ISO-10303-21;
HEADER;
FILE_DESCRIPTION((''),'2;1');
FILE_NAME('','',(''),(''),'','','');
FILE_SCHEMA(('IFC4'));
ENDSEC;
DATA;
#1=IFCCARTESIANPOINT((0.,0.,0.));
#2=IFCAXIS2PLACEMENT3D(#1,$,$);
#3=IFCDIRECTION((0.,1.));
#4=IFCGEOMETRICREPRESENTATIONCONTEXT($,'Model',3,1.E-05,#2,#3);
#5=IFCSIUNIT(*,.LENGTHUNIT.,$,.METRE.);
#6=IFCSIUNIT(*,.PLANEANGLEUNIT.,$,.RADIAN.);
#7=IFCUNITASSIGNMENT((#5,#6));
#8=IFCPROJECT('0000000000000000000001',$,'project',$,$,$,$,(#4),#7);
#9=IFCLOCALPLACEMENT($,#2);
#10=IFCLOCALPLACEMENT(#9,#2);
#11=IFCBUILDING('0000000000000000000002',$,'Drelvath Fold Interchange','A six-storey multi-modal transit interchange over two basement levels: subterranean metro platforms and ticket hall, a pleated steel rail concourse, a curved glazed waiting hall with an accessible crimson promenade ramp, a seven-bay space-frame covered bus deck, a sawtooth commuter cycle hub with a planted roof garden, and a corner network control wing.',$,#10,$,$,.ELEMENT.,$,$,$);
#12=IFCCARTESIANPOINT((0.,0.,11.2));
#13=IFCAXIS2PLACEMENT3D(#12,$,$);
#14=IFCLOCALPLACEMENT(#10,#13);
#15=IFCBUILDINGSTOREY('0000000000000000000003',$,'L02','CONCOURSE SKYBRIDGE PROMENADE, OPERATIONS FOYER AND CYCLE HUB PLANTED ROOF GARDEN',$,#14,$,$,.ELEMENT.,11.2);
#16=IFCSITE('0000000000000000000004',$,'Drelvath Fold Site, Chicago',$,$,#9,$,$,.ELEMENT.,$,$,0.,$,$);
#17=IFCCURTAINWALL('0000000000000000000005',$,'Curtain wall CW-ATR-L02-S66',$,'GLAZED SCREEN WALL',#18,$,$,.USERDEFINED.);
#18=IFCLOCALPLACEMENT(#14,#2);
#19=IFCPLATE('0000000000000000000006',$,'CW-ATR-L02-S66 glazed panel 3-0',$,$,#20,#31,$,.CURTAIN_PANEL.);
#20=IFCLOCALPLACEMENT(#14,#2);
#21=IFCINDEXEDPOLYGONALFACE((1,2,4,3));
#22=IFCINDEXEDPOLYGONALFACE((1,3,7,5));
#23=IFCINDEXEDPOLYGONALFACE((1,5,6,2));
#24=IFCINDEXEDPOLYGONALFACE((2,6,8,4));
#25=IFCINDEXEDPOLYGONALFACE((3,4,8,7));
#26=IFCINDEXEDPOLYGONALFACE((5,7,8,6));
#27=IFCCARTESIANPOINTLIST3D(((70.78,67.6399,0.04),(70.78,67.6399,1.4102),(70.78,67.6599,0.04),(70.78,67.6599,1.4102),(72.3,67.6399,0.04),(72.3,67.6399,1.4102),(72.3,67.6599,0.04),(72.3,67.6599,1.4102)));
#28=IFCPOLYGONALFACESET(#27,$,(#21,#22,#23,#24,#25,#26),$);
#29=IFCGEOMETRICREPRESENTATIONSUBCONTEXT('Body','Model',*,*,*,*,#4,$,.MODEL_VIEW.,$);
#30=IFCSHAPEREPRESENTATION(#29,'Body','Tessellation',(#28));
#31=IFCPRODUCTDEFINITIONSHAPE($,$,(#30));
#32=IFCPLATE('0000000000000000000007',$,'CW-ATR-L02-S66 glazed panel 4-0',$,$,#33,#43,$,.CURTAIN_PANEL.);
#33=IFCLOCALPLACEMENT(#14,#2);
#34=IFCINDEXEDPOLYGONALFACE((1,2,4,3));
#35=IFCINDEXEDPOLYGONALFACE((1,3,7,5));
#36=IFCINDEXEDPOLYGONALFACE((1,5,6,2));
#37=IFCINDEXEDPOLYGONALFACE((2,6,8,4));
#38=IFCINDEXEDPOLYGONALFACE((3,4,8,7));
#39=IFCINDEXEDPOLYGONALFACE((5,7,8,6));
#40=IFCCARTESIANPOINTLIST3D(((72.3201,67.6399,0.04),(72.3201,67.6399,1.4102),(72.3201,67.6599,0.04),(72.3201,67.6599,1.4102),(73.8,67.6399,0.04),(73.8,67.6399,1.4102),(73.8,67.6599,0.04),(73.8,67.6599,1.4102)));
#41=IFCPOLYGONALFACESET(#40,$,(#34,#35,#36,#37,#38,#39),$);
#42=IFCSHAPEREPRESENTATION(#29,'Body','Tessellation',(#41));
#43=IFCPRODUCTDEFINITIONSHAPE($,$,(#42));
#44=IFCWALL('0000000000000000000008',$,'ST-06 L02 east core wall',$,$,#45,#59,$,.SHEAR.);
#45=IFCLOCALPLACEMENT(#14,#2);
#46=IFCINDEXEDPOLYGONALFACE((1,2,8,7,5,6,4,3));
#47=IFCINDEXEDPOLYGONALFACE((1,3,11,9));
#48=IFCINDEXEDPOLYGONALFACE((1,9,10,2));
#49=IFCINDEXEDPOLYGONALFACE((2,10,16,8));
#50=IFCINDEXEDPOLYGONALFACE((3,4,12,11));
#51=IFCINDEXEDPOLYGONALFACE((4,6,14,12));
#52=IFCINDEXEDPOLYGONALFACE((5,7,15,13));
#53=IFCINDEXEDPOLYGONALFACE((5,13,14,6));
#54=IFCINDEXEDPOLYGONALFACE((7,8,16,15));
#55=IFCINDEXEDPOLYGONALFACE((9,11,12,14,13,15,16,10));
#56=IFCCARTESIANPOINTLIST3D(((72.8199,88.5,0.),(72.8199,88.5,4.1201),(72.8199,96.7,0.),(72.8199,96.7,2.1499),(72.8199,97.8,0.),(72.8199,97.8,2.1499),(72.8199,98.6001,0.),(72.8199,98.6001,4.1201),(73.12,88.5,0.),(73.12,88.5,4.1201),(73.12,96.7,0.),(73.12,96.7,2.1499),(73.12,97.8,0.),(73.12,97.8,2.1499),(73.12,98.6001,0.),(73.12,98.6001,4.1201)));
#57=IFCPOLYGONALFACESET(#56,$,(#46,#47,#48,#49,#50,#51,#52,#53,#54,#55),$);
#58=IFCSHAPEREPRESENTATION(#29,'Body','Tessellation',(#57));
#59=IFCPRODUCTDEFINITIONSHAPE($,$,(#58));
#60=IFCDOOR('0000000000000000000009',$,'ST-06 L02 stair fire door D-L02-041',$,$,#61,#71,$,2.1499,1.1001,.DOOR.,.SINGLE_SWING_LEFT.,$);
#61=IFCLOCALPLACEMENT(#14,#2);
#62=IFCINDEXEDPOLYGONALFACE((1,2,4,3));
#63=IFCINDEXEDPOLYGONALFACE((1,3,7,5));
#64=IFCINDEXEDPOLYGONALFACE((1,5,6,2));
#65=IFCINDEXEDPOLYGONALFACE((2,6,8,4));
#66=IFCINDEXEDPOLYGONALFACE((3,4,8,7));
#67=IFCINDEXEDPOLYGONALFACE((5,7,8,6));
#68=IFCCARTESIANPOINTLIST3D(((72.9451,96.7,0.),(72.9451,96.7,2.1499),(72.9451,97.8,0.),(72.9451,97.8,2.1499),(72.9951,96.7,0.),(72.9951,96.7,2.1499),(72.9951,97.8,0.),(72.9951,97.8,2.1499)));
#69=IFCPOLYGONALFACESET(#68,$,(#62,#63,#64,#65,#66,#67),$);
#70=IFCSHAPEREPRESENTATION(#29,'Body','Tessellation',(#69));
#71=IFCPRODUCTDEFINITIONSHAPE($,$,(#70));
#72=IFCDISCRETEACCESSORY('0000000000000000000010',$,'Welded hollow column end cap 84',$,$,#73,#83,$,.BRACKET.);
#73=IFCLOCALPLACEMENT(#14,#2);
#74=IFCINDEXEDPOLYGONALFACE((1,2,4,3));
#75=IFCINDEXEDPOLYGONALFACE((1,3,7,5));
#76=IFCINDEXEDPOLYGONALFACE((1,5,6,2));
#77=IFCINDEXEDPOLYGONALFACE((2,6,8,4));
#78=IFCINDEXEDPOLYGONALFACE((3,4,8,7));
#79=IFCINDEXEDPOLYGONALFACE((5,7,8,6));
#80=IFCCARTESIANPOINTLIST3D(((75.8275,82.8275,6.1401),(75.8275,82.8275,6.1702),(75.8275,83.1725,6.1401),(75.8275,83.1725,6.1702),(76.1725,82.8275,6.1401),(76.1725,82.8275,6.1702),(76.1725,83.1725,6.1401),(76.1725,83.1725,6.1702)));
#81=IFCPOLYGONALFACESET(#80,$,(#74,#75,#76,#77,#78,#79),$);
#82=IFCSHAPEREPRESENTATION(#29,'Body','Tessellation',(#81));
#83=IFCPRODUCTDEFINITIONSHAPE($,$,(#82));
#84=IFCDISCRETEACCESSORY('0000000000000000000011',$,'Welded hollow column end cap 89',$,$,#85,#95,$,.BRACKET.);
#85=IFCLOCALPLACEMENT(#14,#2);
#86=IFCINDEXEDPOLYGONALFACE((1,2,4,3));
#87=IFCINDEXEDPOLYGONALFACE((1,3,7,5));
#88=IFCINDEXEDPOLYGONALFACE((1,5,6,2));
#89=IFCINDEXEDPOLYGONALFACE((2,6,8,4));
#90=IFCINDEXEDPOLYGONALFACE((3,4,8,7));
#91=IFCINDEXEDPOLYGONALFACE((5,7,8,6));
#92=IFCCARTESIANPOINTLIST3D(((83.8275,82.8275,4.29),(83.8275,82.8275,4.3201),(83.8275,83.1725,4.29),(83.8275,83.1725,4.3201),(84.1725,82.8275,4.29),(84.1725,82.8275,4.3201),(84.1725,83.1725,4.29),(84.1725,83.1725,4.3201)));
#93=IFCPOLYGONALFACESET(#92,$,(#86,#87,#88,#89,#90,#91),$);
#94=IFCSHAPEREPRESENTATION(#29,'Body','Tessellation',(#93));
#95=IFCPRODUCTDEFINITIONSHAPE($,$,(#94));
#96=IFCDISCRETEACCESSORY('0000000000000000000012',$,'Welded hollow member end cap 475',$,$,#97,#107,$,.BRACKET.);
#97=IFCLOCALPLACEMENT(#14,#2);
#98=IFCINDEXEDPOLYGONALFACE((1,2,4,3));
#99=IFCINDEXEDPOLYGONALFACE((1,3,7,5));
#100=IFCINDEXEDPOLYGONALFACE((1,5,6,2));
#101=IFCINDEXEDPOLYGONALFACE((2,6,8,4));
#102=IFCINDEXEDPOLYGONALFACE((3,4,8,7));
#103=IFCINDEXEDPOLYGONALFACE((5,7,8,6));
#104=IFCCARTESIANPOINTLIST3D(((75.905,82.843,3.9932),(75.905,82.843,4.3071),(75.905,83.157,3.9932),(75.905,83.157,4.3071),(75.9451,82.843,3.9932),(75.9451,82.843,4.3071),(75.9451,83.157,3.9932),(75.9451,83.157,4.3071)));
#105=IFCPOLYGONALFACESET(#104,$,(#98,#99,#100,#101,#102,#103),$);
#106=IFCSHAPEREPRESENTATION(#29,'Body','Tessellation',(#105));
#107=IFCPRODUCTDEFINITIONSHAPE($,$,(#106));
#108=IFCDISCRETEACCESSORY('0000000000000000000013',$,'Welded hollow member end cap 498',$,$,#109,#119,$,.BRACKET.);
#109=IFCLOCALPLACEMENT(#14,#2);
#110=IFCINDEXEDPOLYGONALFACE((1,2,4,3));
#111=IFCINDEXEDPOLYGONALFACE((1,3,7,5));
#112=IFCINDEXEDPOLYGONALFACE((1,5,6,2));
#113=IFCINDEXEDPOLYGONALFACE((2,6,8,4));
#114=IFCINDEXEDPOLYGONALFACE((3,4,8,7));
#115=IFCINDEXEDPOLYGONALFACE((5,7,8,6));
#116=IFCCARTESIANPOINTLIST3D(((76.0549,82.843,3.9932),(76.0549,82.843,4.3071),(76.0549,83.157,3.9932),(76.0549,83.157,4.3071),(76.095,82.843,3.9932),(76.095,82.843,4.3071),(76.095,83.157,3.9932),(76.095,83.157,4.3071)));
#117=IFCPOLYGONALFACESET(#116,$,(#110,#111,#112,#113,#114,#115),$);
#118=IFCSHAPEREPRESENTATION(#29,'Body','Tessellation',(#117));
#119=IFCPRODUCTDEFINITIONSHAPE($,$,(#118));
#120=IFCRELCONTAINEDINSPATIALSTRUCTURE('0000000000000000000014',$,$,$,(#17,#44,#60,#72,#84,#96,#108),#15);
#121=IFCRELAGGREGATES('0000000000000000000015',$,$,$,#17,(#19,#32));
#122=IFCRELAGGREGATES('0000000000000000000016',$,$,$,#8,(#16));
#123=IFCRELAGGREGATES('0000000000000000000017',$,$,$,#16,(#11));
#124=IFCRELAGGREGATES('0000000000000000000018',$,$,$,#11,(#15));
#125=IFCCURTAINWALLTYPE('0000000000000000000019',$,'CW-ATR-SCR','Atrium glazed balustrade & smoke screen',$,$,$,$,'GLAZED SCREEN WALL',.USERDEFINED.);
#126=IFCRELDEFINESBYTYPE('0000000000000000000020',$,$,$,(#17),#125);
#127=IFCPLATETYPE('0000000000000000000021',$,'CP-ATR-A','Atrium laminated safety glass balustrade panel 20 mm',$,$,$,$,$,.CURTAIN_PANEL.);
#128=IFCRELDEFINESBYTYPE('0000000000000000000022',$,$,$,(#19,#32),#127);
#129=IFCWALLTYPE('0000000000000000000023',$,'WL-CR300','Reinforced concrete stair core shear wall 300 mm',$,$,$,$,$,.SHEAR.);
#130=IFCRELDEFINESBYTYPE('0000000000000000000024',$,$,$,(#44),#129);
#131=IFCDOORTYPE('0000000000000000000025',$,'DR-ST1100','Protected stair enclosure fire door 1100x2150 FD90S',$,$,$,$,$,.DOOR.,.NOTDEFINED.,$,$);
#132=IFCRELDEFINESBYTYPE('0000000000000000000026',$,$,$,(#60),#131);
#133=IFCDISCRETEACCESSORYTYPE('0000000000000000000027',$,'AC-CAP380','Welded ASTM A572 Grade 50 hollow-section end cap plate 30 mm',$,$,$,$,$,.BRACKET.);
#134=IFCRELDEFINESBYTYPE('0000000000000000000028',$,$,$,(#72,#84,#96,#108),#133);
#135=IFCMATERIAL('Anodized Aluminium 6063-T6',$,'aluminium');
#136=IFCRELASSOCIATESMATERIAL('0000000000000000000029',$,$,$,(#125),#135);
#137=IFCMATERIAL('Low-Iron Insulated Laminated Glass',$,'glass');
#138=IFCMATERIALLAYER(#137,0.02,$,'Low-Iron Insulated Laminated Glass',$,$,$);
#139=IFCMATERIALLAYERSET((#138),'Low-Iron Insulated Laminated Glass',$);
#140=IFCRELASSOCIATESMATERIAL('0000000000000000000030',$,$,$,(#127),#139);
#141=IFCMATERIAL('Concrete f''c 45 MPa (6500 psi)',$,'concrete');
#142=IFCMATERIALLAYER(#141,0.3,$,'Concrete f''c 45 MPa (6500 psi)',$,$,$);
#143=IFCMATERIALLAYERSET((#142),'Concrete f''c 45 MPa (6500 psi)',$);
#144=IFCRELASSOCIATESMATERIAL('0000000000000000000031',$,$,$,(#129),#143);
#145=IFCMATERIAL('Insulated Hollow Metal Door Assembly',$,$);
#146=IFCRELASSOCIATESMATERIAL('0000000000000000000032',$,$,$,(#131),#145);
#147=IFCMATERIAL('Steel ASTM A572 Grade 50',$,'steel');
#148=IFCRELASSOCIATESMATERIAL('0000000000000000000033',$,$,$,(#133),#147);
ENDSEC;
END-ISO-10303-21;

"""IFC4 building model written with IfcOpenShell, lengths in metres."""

from ifc_helpers import new_model, si_unit, direction, frame, frame_2d, origin, origin_2d, place, context, subcontext, project, spatial, rectangle, extrude, material, layer, layer_set, type_object, element, fill, aggregate, save


model = new_model("IFC4")

# Units and contexts
model_context = context("Model", 3, precision=1e-05, world=origin(), true_north=direction((0.0, 1.0)))
body_context = subcontext(model_context, "Body", "Model", "MODEL_VIEW")
ifc_project = project(units=[si_unit("LENGTHUNIT", "METRE"), si_unit("PLANEANGLEUNIT", "RADIAN")], contexts=[model_context])

# Site, building, storey
site_placement = place(None, origin())
site = spatial("IfcSite", under=ifc_project, at=site_placement, Name="Drelvath Fold Site, Chicago", CompositionType="ELEMENT", RefElevation=0.0)
building_placement = place(site_placement, origin())
building = spatial("IfcBuilding", under=site, at=building_placement, Name="Drelvath Fold Interchange", Description="A six-storey multi-modal transit interchange over two basement levels: subterranean metro platforms and ticket hall, a pleated steel rail concourse, a curved glazed waiting hall with an accessible crimson promenade ramp, a seven-bay space-frame covered bus deck, a sawtooth commuter cycle hub with a planted roof garden, and a corner network control wing.", CompositionType="ELEMENT")
storey_placement = place(building_placement, frame((0.0, 0.0, 11.2)))
storey = spatial("IfcBuildingStorey", under=building, at=storey_placement, Name="L02", Description="CONCOURSE SKYBRIDGE PROMENADE, OPERATIONS FOYER AND CYCLE HUB PLANTED ROOF GARDEN", CompositionType="ELEMENT", Elevation=11.2)

# Curtain wall
ifc_material_1 = material(Name="Anodized Aluminium 6063-T6", Category="aluminium")
curtain_wall_type_1 = type_object("IfcCurtainWallType", Name="CW-ATR-SCR", Description="Atrium glazed balustrade & smoke screen", ElementType="GLAZED SCREEN WALL", PredefinedType="USERDEFINED", material=ifc_material_1)
curtain_wall_1_placement = place(storey_placement, origin())
curtain_wall_1 = element("IfcCurtainWall", 1, at=curtain_wall_1_placement, inside=storey, type_object=curtain_wall_type_1, Name="Curtain wall CW-ATR-L02-S66", ObjectType="GLAZED SCREEN WALL", PredefinedType="USERDEFINED")

# Plates
ifc_material_2 = material(Name="Low-Iron Insulated Laminated Glass", Category="glass")
ifc_layer_1 = layer(ifc_material_2, 0.02, Name="Low-Iron Insulated Laminated Glass")
ifc_layer_set_1 = layer_set([ifc_layer_1], Name="Low-Iron Insulated Laminated Glass")
plate_type = type_object("IfcPlateType", Name="CP-ATR-A", Description="Atrium laminated safety glass balustrade panel 20 mm", PredefinedType="CURTAIN_PANEL", material=ifc_layer_set_1)
plate_1_placement = place(storey_placement, frame((71.54, 67.6499, 0.04), z_axis=(0.0, 0.0, 1.0), x_axis=(1.0, 0.0, 0.0)))
plate_1 = element("IfcPlate", 2, at=plate_1_placement, type_object=plate_type, Name="CW-ATR-L02-S66 glazed panel 3-0", PredefinedType="CURTAIN_PANEL", context=body_context, shape_type="SweptSolid", body=[
    extrude(rectangle(XDim=1.52, YDim=0.02, at=origin_2d()), origin(), (0.0, 0.0, 1.0), 1.3701),
])
plate_2_placement = place(storey_placement, frame((73.0601, 67.6499, 0.04), z_axis=(0.0, 0.0, 1.0), x_axis=(1.0, 0.0, 0.0)))
plate_2 = element("IfcPlate", 3, at=plate_2_placement, type_object=plate_type, Name="CW-ATR-L02-S66 glazed panel 4-0", PredefinedType="CURTAIN_PANEL", context=body_context, shape_type="SweptSolid", body=[
    extrude(rectangle(XDim=1.48, YDim=0.02, at=origin_2d()), origin(), (0.0, 0.0, 1.0), 1.3701),
])
aggregate(curtain_wall_1, [plate_1, plate_2])

# Wall, opening, door
ifc_material_3 = material(Name="Concrete f'c 45 MPa (6500 psi)", Category="concrete")
ifc_layer_2 = layer(ifc_material_3, 0.3, Name="Concrete f'c 45 MPa (6500 psi)")
ifc_layer_set_2 = layer_set([ifc_layer_2], Name="Concrete f'c 45 MPa (6500 psi)")
wall_type = type_object("IfcWallType", Name="WL-CR300", Description="Reinforced concrete stair core shear wall 300 mm", PredefinedType="SHEAR", material=ifc_layer_set_2)
wall_placement = place(storey_placement, frame((72.97, 88.5, 0.0), z_axis=(0.0, 0.0, 1.0), x_axis=(0.0, 1.0, 0.0)))
wall = element("IfcWall", 4, at=wall_placement, inside=storey, type_object=wall_type, Name="ST-06 L02 east core wall", PredefinedType="SHEAR", context=body_context, shape_type="SweptSolid", body=[
    extrude(rectangle(XDim=10.1001, YDim=0.3, at=frame_2d((5.05, 0.0))), origin(), (0.0, 0.0, 1.0), 4.1201),
])
opening_placement = place(wall_placement, frame((8.2, 0.0, 0.0)))
opening = element("IfcOpeningElement", 5, at=opening_placement, cuts=wall, PredefinedType="OPENING", context=body_context, shape_type="SweptSolid", body=[
    extrude(rectangle(XDim=1.1001, YDim=2.1499, at=frame_2d((0.55, 1.075))), frame((0.0, 0.1599, 0.0), z_axis=(0.0, -1.0, 0.0), x_axis=(1.0, 0.0, 0.0)), (0.0, 0.0, 1.0), 0.3201),
])
ifc_material_4 = material(Name="Insulated Hollow Metal Door Assembly")
door_type = type_object("IfcDoorType", Name="DR-ST1100", Description="Protected stair enclosure fire door 1100x2150 FD90S", OperationType="NOTDEFINED", PredefinedType="DOOR", material=ifc_material_4)
door_placement = place(opening_placement, origin())
door = element("IfcDoor", 6, at=door_placement, inside=storey, type_object=door_type, Name="ST-06 L02 stair fire door D-L02-041", OperationType="SINGLE_SWING_LEFT", OverallHeight=2.1499, OverallWidth=1.1001, PredefinedType="DOOR", context=body_context, shape_type="SweptSolid", body=[
    extrude(rectangle(XDim=1.1001, YDim=2.1499, at=frame_2d((0.55, 1.075))), frame((0.0, 0.0249, 0.0), z_axis=(0.0, -1.0, 0.0), x_axis=(1.0, 0.0, 0.0)), (0.0, 0.0, 1.0), 0.05),
])
fill(opening, door)

# Discrete accessories
ifc_material_5 = material(Name="Steel ASTM A572 Grade 50", Category="steel")
discrete_accessory_type = type_object("IfcDiscreteAccessoryType", Name="AC-CAP380", Description="Welded ASTM A572 Grade 50 hollow-section end cap plate 30 mm", PredefinedType="BRACKET", material=ifc_material_5)
for number, where, z_axis, x_axis, name in (
    (7, (76.0, 83.0, 6.1401), (0.0, 0.0, 1.0), (1.0, 0.0, 0.0), "Welded hollow column end cap 84"),
    (8, (84.0, 83.0, 4.29), (0.0, 0.0, 1.0), (1.0, 0.0, 0.0), "Welded hollow column end cap 89"),
):
    element("IfcDiscreteAccessory", number, at=place(storey_placement, frame(where, z_axis=z_axis, x_axis=x_axis)), inside=storey, type_object=discrete_accessory_type, Name=name, PredefinedType="BRACKET", context=body_context, shape_type="SweptSolid", body=[
        extrude(rectangle(XDim=0.345, YDim=0.345, at=origin_2d()), origin(), (0.0, 0.0, 1.0), 0.03),
    ])
for number, where, z_axis, x_axis, name in (
    (9, (75.925, 83.0, 3.9932), (0.0, 0.0, 1.0), (1.0, 0.0, 0.0), "Welded hollow member end cap 475"),
    (10, (76.075, 83.0, 3.9932), (0.0, 0.0, 1.0), (1.0, 0.0, 0.0), "Welded hollow member end cap 498"),
):
    element("IfcDiscreteAccessory", number, at=place(storey_placement, frame(where, z_axis=z_axis, x_axis=x_axis)), inside=storey, type_object=discrete_accessory_type, Name=name, PredefinedType="BRACKET", context=body_context, shape_type="SweptSolid", body=[
        extrude(rectangle(XDim=0.04, YDim=0.314, at=origin_2d()), origin(), (0.0, 0.0, 1.0), 0.314),
    ])

save(model, "model.ifc")
